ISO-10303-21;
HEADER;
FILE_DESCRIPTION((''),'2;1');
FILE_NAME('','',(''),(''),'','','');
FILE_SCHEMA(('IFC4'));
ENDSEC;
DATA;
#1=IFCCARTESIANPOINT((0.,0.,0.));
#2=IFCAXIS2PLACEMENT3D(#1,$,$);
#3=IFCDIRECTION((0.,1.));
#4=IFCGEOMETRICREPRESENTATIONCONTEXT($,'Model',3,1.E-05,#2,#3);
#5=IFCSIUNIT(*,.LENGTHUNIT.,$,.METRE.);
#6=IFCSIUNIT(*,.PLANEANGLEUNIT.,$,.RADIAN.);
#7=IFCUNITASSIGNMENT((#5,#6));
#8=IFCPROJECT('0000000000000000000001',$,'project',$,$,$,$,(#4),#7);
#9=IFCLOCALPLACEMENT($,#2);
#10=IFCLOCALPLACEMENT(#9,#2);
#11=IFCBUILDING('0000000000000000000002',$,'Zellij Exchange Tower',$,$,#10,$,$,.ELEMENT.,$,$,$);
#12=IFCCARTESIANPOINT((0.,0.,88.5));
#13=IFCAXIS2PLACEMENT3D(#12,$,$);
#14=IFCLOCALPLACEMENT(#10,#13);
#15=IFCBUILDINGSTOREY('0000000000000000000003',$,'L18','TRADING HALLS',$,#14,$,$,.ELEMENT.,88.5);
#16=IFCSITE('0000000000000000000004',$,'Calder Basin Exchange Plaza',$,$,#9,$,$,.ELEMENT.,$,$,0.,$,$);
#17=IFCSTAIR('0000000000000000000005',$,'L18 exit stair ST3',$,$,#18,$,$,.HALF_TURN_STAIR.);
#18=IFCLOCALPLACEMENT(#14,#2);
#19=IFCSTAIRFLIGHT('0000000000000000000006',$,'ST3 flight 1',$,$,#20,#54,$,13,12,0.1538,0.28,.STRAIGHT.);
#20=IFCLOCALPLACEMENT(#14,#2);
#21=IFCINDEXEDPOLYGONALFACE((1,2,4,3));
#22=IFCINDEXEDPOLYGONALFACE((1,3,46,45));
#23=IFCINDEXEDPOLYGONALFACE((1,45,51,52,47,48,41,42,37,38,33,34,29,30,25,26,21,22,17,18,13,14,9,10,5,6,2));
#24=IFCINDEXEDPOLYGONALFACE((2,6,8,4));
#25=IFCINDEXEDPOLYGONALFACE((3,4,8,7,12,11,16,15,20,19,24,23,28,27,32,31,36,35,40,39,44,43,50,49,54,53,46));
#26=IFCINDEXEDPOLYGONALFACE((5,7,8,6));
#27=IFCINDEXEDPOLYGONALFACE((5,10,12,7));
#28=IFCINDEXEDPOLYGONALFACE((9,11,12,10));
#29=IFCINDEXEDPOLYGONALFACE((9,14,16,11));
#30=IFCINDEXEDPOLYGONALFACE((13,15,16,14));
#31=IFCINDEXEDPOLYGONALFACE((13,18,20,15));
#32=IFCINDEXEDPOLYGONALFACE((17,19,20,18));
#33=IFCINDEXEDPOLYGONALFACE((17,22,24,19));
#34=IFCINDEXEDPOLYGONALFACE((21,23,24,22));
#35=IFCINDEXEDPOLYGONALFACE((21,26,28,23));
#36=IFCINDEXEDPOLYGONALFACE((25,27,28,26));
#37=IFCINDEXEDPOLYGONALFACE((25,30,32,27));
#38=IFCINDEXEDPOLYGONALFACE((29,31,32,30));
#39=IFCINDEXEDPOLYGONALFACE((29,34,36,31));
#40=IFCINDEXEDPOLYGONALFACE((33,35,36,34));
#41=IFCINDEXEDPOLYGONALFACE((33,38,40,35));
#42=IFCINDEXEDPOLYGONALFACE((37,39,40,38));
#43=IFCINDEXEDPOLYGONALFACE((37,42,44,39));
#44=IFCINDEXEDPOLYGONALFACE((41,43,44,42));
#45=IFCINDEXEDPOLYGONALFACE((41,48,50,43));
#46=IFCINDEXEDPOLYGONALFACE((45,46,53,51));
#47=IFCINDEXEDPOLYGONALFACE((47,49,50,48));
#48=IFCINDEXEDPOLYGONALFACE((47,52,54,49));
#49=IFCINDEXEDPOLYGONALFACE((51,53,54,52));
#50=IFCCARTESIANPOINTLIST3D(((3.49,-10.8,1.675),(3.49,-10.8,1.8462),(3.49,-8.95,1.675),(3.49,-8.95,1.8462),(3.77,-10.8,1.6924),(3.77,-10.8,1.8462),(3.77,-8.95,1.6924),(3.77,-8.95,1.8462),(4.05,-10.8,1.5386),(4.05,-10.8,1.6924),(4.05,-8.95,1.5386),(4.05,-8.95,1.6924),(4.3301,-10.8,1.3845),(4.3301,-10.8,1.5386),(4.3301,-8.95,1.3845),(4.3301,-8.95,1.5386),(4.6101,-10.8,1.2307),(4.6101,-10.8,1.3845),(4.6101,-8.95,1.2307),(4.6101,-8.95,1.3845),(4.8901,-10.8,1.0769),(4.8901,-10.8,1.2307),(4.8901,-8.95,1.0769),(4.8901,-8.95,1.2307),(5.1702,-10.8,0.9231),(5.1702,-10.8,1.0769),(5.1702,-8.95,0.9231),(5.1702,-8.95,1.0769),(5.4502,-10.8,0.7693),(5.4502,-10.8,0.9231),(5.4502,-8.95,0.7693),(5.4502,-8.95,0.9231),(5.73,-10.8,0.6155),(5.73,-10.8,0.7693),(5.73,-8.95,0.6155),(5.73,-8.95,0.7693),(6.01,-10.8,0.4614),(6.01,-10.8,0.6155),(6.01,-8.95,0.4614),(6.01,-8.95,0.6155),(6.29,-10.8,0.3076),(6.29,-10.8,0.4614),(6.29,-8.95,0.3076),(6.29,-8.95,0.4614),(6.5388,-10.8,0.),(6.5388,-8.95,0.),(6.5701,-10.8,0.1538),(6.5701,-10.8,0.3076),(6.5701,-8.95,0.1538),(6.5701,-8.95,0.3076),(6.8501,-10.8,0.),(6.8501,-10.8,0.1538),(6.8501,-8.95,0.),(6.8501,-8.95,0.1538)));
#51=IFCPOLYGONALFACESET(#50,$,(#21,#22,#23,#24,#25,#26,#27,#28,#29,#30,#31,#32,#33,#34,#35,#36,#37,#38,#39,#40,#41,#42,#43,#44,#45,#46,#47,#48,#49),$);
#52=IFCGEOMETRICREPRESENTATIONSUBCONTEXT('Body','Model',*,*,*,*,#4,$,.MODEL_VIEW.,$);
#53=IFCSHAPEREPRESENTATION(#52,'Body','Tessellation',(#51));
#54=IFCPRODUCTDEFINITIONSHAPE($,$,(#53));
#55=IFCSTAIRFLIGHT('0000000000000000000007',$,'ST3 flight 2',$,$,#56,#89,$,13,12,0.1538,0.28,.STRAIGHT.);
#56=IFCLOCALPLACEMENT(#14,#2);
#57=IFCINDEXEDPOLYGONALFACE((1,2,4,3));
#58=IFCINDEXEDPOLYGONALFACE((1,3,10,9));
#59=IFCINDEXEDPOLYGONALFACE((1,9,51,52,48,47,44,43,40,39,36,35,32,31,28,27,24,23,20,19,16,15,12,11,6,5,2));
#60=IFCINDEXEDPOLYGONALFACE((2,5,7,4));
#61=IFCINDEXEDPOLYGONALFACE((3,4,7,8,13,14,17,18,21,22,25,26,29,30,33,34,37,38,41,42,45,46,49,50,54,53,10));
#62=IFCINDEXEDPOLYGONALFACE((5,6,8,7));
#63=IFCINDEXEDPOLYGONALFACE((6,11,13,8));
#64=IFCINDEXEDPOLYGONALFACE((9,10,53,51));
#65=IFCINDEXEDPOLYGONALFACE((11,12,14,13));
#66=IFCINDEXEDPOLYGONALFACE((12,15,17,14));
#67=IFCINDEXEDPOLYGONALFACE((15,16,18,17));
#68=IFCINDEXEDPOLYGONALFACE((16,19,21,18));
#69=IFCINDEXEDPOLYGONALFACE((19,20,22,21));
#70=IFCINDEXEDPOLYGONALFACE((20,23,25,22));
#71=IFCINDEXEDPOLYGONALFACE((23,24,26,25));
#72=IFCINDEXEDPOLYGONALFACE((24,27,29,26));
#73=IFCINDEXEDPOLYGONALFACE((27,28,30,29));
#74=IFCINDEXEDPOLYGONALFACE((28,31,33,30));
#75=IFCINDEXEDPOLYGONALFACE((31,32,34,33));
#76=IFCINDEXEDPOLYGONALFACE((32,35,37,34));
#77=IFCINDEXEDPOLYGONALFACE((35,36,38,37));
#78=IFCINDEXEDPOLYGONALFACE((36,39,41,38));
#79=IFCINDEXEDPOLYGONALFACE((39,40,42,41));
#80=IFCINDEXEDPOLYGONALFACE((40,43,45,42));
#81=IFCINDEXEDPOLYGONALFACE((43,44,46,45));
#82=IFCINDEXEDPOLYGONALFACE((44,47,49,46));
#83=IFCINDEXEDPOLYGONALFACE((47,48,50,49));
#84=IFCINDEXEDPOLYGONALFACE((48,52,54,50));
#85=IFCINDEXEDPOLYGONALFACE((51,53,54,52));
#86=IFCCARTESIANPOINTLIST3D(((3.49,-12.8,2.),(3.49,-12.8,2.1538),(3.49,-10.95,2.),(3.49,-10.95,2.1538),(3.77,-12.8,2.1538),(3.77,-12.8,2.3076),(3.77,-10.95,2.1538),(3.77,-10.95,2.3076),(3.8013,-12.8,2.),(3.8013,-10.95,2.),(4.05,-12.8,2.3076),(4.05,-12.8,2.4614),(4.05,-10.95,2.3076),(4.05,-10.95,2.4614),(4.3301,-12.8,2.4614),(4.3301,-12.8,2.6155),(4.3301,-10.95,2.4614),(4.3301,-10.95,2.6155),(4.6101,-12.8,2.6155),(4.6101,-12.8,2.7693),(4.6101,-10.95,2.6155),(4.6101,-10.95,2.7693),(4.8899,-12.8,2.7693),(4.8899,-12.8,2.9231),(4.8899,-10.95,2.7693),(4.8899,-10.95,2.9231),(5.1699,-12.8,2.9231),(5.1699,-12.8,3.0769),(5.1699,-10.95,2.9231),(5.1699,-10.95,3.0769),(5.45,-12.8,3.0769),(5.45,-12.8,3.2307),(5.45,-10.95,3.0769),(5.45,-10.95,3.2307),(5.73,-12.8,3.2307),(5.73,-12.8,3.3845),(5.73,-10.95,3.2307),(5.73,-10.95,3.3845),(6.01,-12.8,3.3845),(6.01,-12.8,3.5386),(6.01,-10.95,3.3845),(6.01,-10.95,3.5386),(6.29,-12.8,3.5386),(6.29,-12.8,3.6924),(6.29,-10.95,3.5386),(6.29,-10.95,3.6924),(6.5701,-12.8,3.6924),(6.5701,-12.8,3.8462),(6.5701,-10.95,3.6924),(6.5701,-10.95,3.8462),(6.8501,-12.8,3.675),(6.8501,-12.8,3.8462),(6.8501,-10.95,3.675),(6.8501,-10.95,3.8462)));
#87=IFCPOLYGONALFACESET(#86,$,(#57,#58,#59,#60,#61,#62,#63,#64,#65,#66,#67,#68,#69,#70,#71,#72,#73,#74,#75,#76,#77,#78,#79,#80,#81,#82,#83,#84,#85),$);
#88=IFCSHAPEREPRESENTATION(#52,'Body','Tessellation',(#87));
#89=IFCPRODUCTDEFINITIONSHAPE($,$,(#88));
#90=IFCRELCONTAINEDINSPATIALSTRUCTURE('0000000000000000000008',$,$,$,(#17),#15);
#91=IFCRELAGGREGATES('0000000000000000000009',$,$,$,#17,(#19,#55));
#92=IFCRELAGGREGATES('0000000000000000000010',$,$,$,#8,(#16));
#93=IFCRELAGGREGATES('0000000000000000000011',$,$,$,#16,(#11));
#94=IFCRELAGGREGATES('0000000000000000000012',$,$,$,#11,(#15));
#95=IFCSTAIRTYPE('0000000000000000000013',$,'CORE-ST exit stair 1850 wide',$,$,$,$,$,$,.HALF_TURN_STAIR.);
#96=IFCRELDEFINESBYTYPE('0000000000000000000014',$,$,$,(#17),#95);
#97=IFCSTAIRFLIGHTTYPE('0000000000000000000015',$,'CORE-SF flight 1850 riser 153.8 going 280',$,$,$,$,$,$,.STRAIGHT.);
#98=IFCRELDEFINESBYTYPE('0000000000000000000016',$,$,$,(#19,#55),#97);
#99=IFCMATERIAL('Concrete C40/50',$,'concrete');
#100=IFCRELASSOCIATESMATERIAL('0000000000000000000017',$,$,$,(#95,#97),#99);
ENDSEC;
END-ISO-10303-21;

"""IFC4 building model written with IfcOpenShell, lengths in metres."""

from ifc_helpers import new_model, si_unit, direction, frame, origin, place, context, subcontext, project, spatial, polyline, outline, extrude, material, type_object, element, aggregate, save


model = new_model("IFC4")

# Units and contexts
model_context = context("Model", 3, precision=1e-05, world=origin(), true_north=direction((0.0, 1.0)))
body_context = subcontext(model_context, "Body", "Model", "MODEL_VIEW")
ifc_project = project(units=[si_unit("LENGTHUNIT", "METRE"), si_unit("PLANEANGLEUNIT", "RADIAN")], contexts=[model_context])

# Site, building, storey
site_placement = place(None, origin())
site = spatial("IfcSite", under=ifc_project, at=site_placement, Name="Calder Basin Exchange Plaza", CompositionType="ELEMENT", RefElevation=0.0)
building_placement = place(site_placement, origin())
building = spatial("IfcBuilding", under=site, at=building_placement, Name="Zellij Exchange Tower", CompositionType="ELEMENT")
storey_placement = place(building_placement, frame((0.0, 0.0, 88.5)))
storey = spatial("IfcBuildingStorey", under=building, at=storey_placement, Name="L18", Description="TRADING HALLS", CompositionType="ELEMENT", Elevation=88.5)

# Stair, stair flights
ifc_material_1 = material(Name="Concrete C40/50", Category="concrete")
stair_type = type_object("IfcStairType", Name="CORE-ST exit stair 1850 wide", PredefinedType="HALF_TURN_STAIR", material=ifc_material_1)
stair_placement = place(storey_placement, origin())
stair = element("IfcStair", 1, at=stair_placement, inside=storey, type_object=stair_type, Name="L18 exit stair ST3", PredefinedType="HALF_TURN_STAIR")
stair_flight_type = type_object("IfcStairFlightType", Name="CORE-SF flight 1850 riser 153.8 going 280", PredefinedType="STRAIGHT", material=ifc_material_1)
stair_flight_1_placement = place(storey_placement, frame((6.8501, -9.875, 0.0), z_axis=(0.0, 0.0, 1.0), x_axis=(-1.0, 0.0, 0.0)))
stair_flight_1 = element("IfcStairFlight", 2, at=stair_flight_1_placement, type_object=stair_flight_type, Name="ST3 flight 1", NumberOfRisers=13, NumberOfTreads=12, PredefinedType="STRAIGHT", RiserHeight=0.1538, TreadLength=0.28, context=body_context, shape_type="SweptSolid", body=[
    extrude(outline(polyline([(0.0, 0.0), (0.0, 0.1538), (0.28, 0.1538), (0.28, 0.3076), (0.5601, 0.3076), (0.5601, 0.4614), (0.8401, 0.4614), (0.8401, 0.6155), (1.1201, 0.6155), (1.1201, 0.7693), (1.3999, 0.7693), (1.3999, 0.9231), (1.6799, 0.9231), (1.6799, 1.0769), (1.96, 1.0769), (1.96, 1.2307), (2.24, 1.2307), (2.24, 1.3845), (2.52, 1.3845), (2.52, 1.5386), (2.8, 1.5386), (2.8, 1.6924), (3.0801, 1.6924), (3.0801, 1.8462), (3.3601, 1.8462), (3.3601, 2.0), (3.3601, 1.675), (0.3113, 0.0), (0.0, 0.0)])), frame((0.0, 0.925, 0.0), z_axis=(0.0, -1.0, 0.0), x_axis=(1.0, 0.0, 0.0)), (0.0, 0.0, 1.0), 1.8501),
])
stair_flight_2_placement = place(storey_placement, frame((3.49, -11.875, 2.0), z_axis=(0.0, 0.0, 1.0), x_axis=(1.0, 0.0, 0.0)))
stair_flight_2 = element("IfcStairFlight", 3, at=stair_flight_2_placement, type_object=stair_flight_type, Name="ST3 flight 2", NumberOfRisers=13, NumberOfTreads=12, PredefinedType="STRAIGHT", RiserHeight=0.1538, TreadLength=0.28, context=body_context, shape_type="SweptSolid", body=[
    extrude(outline(polyline([(0.0, 0.0), (0.0, 0.1538), (0.28, 0.1538), (0.28, 0.3076), (0.5601, 0.3076), (0.5601, 0.4614), (0.8401, 0.4614), (0.8401, 0.6155), (1.1201, 0.6155), (1.1201, 0.7693), (1.3999, 0.7693), (1.3999, 0.9231), (1.6799, 0.9231), (1.6799, 1.0769), (1.96, 1.0769), (1.96, 1.2307), (2.24, 1.2307), (2.24, 1.3845), (2.52, 1.3845), (2.52, 1.5386), (2.8, 1.5386), (2.8, 1.6924), (3.0801, 1.6924), (3.0801, 1.8462), (3.3601, 1.8462), (3.3601, 2.0), (3.3601, 1.675), (0.3113, 0.0), (0.0, 0.0)])), frame((0.0, 0.925, 0.0), z_axis=(0.0, -1.0, 0.0), x_axis=(1.0, 0.0, 0.0)), (0.0, 0.0, 1.0), 1.8501),
])
aggregate(stair, [stair_flight_1, stair_flight_2])

save(model, "model.ifc")
